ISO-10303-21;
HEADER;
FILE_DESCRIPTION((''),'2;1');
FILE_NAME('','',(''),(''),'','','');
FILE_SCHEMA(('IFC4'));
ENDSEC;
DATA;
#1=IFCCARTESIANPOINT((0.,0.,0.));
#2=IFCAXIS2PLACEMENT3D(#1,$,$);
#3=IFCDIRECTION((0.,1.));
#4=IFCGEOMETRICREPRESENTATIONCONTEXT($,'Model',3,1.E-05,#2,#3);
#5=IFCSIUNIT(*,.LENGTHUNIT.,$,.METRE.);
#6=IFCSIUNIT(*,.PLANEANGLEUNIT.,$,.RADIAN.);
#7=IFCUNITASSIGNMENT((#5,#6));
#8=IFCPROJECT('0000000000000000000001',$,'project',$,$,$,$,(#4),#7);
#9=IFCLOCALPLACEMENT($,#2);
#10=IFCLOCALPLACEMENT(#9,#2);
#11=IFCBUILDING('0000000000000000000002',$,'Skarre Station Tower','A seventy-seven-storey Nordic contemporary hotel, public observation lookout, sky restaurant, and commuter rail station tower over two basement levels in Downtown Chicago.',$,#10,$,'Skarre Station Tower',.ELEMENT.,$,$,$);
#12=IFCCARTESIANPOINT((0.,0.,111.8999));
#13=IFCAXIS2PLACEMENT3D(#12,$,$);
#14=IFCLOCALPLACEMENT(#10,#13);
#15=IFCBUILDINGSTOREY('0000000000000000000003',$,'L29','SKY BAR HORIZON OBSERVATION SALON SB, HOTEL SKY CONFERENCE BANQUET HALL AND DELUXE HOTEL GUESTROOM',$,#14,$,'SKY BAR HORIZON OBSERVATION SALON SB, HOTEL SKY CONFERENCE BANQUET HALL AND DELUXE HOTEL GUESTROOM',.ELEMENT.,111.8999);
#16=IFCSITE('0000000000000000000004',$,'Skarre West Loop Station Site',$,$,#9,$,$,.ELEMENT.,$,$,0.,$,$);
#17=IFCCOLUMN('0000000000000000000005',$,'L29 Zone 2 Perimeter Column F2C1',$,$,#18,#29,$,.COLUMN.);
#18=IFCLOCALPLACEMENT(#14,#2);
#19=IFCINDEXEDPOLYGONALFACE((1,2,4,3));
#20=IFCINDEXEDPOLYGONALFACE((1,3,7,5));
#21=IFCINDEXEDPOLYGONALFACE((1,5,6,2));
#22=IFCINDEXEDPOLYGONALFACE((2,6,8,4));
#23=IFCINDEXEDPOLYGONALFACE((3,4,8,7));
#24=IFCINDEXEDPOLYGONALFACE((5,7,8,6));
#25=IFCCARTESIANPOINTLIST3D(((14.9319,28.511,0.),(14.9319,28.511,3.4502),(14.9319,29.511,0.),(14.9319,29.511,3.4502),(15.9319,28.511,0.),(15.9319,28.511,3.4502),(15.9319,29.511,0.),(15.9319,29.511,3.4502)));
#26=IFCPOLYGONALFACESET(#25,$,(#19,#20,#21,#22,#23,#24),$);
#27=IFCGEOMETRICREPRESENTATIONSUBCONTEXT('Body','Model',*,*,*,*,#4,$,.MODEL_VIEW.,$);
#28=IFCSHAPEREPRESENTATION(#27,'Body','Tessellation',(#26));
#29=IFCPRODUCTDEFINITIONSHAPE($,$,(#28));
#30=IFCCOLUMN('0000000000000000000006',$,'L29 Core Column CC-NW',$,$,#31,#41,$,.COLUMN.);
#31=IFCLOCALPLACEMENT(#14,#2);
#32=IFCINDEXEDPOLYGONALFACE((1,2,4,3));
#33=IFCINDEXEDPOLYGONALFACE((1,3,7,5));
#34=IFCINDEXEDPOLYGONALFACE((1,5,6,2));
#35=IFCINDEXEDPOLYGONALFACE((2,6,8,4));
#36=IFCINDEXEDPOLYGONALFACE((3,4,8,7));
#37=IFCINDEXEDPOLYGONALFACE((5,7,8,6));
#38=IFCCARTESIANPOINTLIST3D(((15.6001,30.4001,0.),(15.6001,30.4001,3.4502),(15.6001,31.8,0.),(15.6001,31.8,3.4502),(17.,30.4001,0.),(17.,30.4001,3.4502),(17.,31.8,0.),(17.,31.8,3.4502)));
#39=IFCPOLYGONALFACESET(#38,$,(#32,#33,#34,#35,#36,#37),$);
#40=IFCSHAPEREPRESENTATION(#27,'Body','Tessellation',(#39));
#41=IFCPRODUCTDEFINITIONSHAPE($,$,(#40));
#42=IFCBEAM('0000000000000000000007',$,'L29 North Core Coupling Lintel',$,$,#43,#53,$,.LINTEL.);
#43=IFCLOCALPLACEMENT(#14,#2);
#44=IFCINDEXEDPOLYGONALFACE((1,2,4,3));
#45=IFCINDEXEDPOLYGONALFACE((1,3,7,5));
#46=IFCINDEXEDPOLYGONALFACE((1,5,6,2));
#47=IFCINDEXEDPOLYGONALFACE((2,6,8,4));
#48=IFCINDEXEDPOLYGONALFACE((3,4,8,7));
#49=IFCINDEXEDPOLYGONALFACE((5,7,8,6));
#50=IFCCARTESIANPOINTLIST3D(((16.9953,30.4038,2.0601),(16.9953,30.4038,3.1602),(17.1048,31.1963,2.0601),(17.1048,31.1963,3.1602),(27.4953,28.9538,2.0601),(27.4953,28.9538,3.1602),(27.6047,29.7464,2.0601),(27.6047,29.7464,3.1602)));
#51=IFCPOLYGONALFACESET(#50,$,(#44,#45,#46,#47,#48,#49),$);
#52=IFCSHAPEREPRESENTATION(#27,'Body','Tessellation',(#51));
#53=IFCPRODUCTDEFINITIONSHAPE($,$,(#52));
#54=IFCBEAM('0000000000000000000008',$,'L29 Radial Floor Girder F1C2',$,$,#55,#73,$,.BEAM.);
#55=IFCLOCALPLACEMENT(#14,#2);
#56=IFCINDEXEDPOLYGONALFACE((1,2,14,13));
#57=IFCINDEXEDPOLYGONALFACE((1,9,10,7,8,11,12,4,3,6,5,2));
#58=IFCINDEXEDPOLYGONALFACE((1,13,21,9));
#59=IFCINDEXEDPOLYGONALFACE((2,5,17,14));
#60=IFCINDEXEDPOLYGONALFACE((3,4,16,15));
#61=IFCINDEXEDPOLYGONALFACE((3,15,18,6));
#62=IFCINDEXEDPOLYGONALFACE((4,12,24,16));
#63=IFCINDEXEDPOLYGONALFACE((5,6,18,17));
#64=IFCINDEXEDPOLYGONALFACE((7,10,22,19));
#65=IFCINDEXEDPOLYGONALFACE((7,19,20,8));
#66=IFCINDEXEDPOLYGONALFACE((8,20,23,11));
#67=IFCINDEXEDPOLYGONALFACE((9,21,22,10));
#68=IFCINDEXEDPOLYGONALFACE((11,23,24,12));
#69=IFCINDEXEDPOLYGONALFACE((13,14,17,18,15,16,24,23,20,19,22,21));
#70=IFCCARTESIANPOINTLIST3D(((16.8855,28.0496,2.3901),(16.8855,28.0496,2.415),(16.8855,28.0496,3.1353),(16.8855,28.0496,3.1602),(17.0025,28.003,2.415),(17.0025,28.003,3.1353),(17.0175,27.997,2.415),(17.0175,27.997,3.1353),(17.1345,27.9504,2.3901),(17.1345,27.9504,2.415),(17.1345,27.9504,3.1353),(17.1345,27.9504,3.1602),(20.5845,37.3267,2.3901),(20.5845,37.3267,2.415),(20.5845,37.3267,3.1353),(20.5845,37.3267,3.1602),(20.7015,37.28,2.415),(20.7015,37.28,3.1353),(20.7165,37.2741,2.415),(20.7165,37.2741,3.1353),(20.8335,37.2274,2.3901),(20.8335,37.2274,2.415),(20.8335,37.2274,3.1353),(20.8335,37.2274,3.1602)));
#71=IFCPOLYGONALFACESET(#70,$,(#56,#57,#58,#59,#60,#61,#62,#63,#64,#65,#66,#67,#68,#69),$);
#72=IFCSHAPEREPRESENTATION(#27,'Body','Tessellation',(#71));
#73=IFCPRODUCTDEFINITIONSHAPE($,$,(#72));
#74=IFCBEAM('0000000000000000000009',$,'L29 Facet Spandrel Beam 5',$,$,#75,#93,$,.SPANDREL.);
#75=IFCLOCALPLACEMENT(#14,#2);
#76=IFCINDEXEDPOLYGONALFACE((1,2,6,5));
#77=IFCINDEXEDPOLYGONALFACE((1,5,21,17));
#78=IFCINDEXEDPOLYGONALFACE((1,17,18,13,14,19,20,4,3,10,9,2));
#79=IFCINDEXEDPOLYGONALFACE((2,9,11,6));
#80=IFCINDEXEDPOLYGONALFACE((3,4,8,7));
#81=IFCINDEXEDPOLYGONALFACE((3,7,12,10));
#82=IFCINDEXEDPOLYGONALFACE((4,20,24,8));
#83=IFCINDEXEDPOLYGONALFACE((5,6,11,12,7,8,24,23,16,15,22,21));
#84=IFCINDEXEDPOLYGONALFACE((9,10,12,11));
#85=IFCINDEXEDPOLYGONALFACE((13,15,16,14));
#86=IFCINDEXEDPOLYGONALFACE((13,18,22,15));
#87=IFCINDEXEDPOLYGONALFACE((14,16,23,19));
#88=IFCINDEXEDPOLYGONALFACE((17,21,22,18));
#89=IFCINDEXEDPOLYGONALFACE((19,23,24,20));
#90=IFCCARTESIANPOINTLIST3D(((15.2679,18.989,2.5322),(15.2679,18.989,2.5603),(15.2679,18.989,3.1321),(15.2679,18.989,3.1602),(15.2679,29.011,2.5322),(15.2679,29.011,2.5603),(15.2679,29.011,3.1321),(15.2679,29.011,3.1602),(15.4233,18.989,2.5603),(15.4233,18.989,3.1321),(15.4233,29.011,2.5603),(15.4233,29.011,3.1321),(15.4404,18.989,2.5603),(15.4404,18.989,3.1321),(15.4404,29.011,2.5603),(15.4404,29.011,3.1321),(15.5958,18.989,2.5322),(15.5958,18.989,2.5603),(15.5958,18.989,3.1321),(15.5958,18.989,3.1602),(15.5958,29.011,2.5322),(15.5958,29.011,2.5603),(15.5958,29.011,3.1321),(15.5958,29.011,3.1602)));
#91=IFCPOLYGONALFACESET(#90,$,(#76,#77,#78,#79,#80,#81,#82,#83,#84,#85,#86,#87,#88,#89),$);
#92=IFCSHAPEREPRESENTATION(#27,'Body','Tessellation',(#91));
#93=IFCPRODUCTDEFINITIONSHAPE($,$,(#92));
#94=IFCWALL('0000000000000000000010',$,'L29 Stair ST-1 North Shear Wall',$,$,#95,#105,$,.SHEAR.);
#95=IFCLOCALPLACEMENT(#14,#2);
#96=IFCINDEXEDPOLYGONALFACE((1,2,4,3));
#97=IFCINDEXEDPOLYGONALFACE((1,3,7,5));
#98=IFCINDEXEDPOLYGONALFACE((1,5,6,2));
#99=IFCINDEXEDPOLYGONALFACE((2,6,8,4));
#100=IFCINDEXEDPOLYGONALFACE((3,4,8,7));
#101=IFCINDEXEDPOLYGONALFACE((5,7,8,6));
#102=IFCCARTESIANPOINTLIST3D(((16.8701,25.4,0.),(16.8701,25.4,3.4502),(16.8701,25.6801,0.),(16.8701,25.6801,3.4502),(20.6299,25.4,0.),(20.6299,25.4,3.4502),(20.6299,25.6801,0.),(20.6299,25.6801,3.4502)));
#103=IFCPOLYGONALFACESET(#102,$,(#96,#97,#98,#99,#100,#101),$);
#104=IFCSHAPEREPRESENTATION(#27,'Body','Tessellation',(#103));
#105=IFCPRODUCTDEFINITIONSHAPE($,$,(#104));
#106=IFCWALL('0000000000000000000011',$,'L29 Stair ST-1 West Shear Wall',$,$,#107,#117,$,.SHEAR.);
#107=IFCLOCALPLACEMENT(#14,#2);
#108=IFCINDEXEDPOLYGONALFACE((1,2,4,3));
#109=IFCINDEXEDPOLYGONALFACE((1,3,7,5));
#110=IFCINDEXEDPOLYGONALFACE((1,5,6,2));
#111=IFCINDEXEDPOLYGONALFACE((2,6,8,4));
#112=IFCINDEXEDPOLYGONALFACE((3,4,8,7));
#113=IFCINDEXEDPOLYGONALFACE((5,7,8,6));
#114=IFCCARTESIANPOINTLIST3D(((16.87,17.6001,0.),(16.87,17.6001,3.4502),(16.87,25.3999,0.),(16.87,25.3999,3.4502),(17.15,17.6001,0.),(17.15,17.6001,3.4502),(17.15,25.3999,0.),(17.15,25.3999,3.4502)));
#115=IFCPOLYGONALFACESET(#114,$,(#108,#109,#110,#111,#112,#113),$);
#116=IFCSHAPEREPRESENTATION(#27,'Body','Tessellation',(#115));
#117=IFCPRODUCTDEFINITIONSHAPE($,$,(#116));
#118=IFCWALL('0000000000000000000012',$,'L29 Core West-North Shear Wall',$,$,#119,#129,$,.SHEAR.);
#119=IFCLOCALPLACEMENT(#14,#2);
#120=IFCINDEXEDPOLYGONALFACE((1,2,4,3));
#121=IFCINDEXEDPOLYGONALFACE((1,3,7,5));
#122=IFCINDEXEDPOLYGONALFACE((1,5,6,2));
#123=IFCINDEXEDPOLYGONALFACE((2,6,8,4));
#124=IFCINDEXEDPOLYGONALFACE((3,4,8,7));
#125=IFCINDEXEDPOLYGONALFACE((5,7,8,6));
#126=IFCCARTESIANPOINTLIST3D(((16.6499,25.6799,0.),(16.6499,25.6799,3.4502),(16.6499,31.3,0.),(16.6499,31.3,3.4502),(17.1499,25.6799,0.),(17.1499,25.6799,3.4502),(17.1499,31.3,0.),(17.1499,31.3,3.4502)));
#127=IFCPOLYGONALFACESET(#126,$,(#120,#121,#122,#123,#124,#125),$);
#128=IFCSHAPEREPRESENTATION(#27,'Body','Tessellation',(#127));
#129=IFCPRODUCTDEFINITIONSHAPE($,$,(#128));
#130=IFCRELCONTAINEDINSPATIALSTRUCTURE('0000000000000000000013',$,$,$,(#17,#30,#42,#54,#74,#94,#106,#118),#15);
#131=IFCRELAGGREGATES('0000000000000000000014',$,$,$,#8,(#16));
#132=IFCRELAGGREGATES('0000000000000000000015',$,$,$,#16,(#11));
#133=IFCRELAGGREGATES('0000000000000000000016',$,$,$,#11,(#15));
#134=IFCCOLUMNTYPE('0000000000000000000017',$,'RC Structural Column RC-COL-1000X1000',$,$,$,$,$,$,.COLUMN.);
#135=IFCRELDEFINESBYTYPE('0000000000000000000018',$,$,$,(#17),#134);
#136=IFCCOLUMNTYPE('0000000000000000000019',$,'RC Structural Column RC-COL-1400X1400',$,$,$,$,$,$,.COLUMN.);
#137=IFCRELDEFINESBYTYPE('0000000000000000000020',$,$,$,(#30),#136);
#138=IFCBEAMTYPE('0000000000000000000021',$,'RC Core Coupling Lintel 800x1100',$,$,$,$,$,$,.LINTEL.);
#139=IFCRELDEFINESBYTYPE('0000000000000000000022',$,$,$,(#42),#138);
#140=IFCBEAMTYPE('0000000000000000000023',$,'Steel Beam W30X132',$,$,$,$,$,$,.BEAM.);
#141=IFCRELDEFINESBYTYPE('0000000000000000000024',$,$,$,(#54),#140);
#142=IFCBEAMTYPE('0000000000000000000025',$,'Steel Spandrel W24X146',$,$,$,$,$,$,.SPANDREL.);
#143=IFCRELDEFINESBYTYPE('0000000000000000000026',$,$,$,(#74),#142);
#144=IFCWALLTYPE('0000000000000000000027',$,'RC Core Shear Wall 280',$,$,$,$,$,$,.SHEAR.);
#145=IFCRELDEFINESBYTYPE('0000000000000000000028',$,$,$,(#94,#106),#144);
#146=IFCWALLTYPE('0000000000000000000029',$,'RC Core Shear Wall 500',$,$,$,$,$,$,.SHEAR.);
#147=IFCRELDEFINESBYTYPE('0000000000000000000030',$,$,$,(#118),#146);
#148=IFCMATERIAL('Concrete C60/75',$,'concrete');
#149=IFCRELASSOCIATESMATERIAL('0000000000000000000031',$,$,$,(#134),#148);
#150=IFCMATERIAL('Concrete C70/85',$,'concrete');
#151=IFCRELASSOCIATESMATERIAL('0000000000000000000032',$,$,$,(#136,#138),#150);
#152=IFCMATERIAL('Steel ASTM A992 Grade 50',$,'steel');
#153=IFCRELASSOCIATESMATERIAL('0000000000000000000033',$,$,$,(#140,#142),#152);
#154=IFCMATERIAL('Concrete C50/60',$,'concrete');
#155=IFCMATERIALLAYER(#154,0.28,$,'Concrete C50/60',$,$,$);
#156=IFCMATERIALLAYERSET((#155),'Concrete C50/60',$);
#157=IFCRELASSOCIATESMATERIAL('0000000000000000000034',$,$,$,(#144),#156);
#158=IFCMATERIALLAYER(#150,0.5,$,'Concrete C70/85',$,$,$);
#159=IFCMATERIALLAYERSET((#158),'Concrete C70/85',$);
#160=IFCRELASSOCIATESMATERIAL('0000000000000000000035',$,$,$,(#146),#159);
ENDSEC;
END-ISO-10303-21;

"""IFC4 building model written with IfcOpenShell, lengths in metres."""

from ifc_helpers import new_model, si_unit, direction, frame, frame_2d, origin, origin_2d, place, context, subcontext, project, spatial, rectangle, i_section, extrude, material, layer, layer_set, material_profile, profile_set, type_object, element, save


model = new_model("IFC4")

# Units and contexts
model_context = context("Model", 3, precision=1e-05, world=origin(), true_north=direction((0.0, 1.0)))
body_context = subcontext(model_context, "Body", "Model", "MODEL_VIEW")
ifc_project = project(units=[si_unit("LENGTHUNIT", "METRE"), si_unit("PLANEANGLEUNIT", "RADIAN")], contexts=[model_context])

# Site, building, storey
site_placement = place(None, origin())
site = spatial("IfcSite", under=ifc_project, at=site_placement, Name="Skarre West Loop Station Site", CompositionType="ELEMENT", RefElevation=0.0)
building_placement = place(site_placement, origin())
building = spatial("IfcBuilding", under=site, at=building_placement, Name="Skarre Station Tower", Description="A seventy-seven-storey Nordic contemporary hotel, public observation lookout, sky restaurant, and commuter rail station tower over two basement levels in Downtown Chicago.", LongName="Skarre Station Tower", CompositionType="ELEMENT")
storey_placement = place(building_placement, frame((0.0, 0.0, 111.8999)))
storey = spatial("IfcBuildingStorey", under=building, at=storey_placement, Name="L29", Description="SKY BAR HORIZON OBSERVATION SALON SB, HOTEL SKY CONFERENCE BANQUET HALL AND DELUXE HOTEL GUESTROOM", LongName="SKY BAR HORIZON OBSERVATION SALON SB, HOTEL SKY CONFERENCE BANQUET HALL AND DELUXE HOTEL GUESTROOM", CompositionType="ELEMENT", Elevation=111.8999)

# Columns
ifc_material_1 = material(Name="Concrete C60/75", Category="concrete")
ifc_material_profile_1 = material_profile(ifc_material_1, rectangle(XDim=1.0, YDim=1.0, at=origin_2d()), Name="Concrete C60/75")
ifc_profile_set_1 = profile_set([ifc_material_profile_1], Name="Concrete C60/75")
column_type_1 = type_object("IfcColumnType", Name="RC Structural Column RC-COL-1000X1000", PredefinedType="COLUMN", material=ifc_profile_set_1)
column_1_placement = place(storey_placement, frame((15.4319, 29.011, 0.0), z_axis=(0.0, 0.0, 1.0), x_axis=(1.0, 0.0, 0.0)))
element("IfcColumn", 1, at=column_1_placement, inside=storey, type_object=column_type_1, Name="L29 Zone 2 Perimeter Column F2C1", PredefinedType="COLUMN", context=body_context, shape_type="SweptSolid", body=[
    extrude(rectangle(XDim=1.0, YDim=1.0, at=origin_2d()), origin(), (0.0, 0.0, 1.0), 3.4502),
])
ifc_material_2 = material(Name="Concrete C70/85", Category="concrete")
ifc_material_profile_2 = material_profile(ifc_material_2, rectangle(XDim=1.3999, YDim=1.3999, at=origin_2d()), Name="Concrete C70/85")
ifc_profile_set_2 = profile_set([ifc_material_profile_2], Name="Concrete C70/85")
column_type_2 = type_object("IfcColumnType", Name="RC Structural Column RC-COL-1400X1400", PredefinedType="COLUMN", material=ifc_profile_set_2)
column_2_placement = place(storey_placement, frame((16.3, 31.1001, 0.0), z_axis=(0.0, 0.0, 1.0), x_axis=(1.0, 0.0, 0.0)))
element("IfcColumn", 2, at=column_2_placement, inside=storey, type_object=column_type_2, Name="L29 Core Column CC-NW", PredefinedType="COLUMN", context=body_context, shape_type="SweptSolid", body=[
    extrude(rectangle(XDim=1.3999, YDim=1.3999, at=origin_2d()), origin(), (0.0, 0.0, 1.0), 3.4502),
])

# Beams
ifc_material_profile_3 = material_profile(ifc_material_2, rectangle(XDim=0.8, YDim=1.1001, at=origin_2d()), Name="Concrete C70/85")
ifc_profile_set_3 = profile_set([ifc_material_profile_3], Name="Concrete C70/85")
beam_type_1 = type_object("IfcBeamType", Name="RC Core Coupling Lintel 800x1100", PredefinedType="LINTEL", material=ifc_profile_set_3)
beam_1_placement = place(storey_placement, frame((17.05, 30.8, 2.6101), z_axis=(0.9906, -0.136792, 0.0), x_axis=(0.136792, 0.9906, 0.0)))
element("IfcBeam", 3, at=beam_1_placement, inside=storey, type_object=beam_type_1, Name="L29 North Core Coupling Lintel", PredefinedType="LINTEL", context=body_context, shape_type="SweptSolid", body=[
    extrude(rectangle(XDim=0.8, YDim=1.1001, at=origin_2d()), origin(), (0.0, 0.0, 1.0), 10.5996),
])
ifc_material_3 = material(Name="Steel ASTM A992 Grade 50", Category="steel")
ifc_material_profile_4 = material_profile(ifc_material_3, i_section(OverallWidth=0.2681, OverallDepth=0.77, WebThickness=0.0161, FlangeThickness=0.0249, at=origin_2d()), Name="Steel ASTM A992 Grade 50")
ifc_profile_set_4 = profile_set([ifc_material_profile_4], Name="Steel ASTM A992 Grade 50")
beam_type_2 = type_object("IfcBeamType", Name="Steel Beam W30X132", PredefinedType="BEAM", material=ifc_profile_set_4)
beam_2_placement = place(storey_placement, frame((17.01, 28.0, 2.7751), z_axis=(0.370366, 0.928886, 0.0), x_axis=(-0.928886, 0.370366, 0.0)))
element("IfcBeam", 4, at=beam_2_placement, inside=storey, type_object=beam_type_2, Name="L29 Radial Floor Girder F1C2", PredefinedType="BEAM", context=body_context, shape_type="SweptSolid", body=[
    extrude(i_section(OverallWidth=0.2681, OverallDepth=0.77, WebThickness=0.0161, FlangeThickness=0.0249, at=origin_2d()), origin(), (0.0, 0.0, 1.0), 9.9873),
])
ifc_material_profile_5 = material_profile(ifc_material_3, i_section(OverallWidth=0.3279, OverallDepth=0.6279, WebThickness=0.0171, FlangeThickness=0.0281, at=origin_2d()), Name="Steel ASTM A992 Grade 50")
ifc_profile_set_5 = profile_set([ifc_material_profile_5], Name="Steel ASTM A992 Grade 50")
beam_type_3 = type_object("IfcBeamType", Name="Steel Spandrel W24X146", PredefinedType="SPANDREL", material=ifc_profile_set_5)
beam_3_placement = place(storey_placement, frame((15.4319, 29.011, 2.8462), z_axis=(0.0, -1.0, 0.0), x_axis=(1.0, 0.0, 0.0)))
element("IfcBeam", 5, at=beam_3_placement, inside=storey, type_object=beam_type_3, Name="L29 Facet Spandrel Beam 5", PredefinedType="SPANDREL", context=body_context, shape_type="SweptSolid", body=[
    extrude(i_section(OverallWidth=0.3279, OverallDepth=0.6279, WebThickness=0.0171, FlangeThickness=0.0281, at=origin_2d()), origin(), (0.0, 0.0, 1.0), 10.022),
])

# Walls
ifc_material_4 = material(Name="Concrete C50/60", Category="concrete")
ifc_layer_1 = layer(ifc_material_4, 0.28, Name="Concrete C50/60")
ifc_layer_set_1 = layer_set([ifc_layer_1], Name="Concrete C50/60")
wall_type_1 = type_object("IfcWallType", Name="RC Core Shear Wall 280", PredefinedType="SHEAR", material=ifc_layer_set_1)
wall_1_placement = place(storey_placement, frame((20.6299, 25.54, 0.0), z_axis=(0.0, 0.0, 1.0), x_axis=(-1.0, 0.0, 0.0)))
element("IfcWall", 6, at=wall_1_placement, inside=storey, type_object=wall_type_1, Name="L29 Stair ST-1 North Shear Wall", PredefinedType="SHEAR", context=body_context, shape_type="SweptSolid", body=[
    extrude(rectangle(XDim=3.7598, YDim=0.28, at=frame_2d((1.8799, 0.0))), origin(), (0.0, 0.0, 1.0), 3.4502),
])
wall_2_placement = place(storey_placement, frame((17.01, 25.3999, 0.0), z_axis=(0.0, 0.0, 1.0), x_axis=(0.0, -1.0, 0.0)))
element("IfcWall", 7, at=wall_2_placement, inside=storey, type_object=wall_type_1, Name="L29 Stair ST-1 West Shear Wall", PredefinedType="SHEAR", context=body_context, shape_type="SweptSolid", body=[
    extrude(rectangle(XDim=7.7998, YDim=0.28, at=frame_2d((3.8999, 0.0))), origin(), (0.0, 0.0, 1.0), 3.4502),
])
ifc_layer_2 = layer(ifc_material_2, 0.5, Name="Concrete C70/85")
ifc_layer_set_2 = layer_set([ifc_layer_2], Name="Concrete C70/85")
wall_type_2 = type_object("IfcWallType", Name="RC Core Shear Wall 500", PredefinedType="SHEAR", material=ifc_layer_set_2)
wall_3_placement = place(storey_placement, frame((16.8999, 25.6799, 0.0), z_axis=(0.0, 0.0, 1.0), x_axis=(0.0, 1.0, 0.0)))
element("IfcWall", 8, at=wall_3_placement, inside=storey, type_object=wall_type_2, Name="L29 Core West-North Shear Wall", PredefinedType="SHEAR", context=body_context, shape_type="SweptSolid", body=[
    extrude(rectangle(XDim=5.6201, YDim=0.5, at=frame_2d((2.8101, 0.0))), origin(), (0.0, 0.0, 1.0), 3.4502),
])

save(model, "model.ifc")
